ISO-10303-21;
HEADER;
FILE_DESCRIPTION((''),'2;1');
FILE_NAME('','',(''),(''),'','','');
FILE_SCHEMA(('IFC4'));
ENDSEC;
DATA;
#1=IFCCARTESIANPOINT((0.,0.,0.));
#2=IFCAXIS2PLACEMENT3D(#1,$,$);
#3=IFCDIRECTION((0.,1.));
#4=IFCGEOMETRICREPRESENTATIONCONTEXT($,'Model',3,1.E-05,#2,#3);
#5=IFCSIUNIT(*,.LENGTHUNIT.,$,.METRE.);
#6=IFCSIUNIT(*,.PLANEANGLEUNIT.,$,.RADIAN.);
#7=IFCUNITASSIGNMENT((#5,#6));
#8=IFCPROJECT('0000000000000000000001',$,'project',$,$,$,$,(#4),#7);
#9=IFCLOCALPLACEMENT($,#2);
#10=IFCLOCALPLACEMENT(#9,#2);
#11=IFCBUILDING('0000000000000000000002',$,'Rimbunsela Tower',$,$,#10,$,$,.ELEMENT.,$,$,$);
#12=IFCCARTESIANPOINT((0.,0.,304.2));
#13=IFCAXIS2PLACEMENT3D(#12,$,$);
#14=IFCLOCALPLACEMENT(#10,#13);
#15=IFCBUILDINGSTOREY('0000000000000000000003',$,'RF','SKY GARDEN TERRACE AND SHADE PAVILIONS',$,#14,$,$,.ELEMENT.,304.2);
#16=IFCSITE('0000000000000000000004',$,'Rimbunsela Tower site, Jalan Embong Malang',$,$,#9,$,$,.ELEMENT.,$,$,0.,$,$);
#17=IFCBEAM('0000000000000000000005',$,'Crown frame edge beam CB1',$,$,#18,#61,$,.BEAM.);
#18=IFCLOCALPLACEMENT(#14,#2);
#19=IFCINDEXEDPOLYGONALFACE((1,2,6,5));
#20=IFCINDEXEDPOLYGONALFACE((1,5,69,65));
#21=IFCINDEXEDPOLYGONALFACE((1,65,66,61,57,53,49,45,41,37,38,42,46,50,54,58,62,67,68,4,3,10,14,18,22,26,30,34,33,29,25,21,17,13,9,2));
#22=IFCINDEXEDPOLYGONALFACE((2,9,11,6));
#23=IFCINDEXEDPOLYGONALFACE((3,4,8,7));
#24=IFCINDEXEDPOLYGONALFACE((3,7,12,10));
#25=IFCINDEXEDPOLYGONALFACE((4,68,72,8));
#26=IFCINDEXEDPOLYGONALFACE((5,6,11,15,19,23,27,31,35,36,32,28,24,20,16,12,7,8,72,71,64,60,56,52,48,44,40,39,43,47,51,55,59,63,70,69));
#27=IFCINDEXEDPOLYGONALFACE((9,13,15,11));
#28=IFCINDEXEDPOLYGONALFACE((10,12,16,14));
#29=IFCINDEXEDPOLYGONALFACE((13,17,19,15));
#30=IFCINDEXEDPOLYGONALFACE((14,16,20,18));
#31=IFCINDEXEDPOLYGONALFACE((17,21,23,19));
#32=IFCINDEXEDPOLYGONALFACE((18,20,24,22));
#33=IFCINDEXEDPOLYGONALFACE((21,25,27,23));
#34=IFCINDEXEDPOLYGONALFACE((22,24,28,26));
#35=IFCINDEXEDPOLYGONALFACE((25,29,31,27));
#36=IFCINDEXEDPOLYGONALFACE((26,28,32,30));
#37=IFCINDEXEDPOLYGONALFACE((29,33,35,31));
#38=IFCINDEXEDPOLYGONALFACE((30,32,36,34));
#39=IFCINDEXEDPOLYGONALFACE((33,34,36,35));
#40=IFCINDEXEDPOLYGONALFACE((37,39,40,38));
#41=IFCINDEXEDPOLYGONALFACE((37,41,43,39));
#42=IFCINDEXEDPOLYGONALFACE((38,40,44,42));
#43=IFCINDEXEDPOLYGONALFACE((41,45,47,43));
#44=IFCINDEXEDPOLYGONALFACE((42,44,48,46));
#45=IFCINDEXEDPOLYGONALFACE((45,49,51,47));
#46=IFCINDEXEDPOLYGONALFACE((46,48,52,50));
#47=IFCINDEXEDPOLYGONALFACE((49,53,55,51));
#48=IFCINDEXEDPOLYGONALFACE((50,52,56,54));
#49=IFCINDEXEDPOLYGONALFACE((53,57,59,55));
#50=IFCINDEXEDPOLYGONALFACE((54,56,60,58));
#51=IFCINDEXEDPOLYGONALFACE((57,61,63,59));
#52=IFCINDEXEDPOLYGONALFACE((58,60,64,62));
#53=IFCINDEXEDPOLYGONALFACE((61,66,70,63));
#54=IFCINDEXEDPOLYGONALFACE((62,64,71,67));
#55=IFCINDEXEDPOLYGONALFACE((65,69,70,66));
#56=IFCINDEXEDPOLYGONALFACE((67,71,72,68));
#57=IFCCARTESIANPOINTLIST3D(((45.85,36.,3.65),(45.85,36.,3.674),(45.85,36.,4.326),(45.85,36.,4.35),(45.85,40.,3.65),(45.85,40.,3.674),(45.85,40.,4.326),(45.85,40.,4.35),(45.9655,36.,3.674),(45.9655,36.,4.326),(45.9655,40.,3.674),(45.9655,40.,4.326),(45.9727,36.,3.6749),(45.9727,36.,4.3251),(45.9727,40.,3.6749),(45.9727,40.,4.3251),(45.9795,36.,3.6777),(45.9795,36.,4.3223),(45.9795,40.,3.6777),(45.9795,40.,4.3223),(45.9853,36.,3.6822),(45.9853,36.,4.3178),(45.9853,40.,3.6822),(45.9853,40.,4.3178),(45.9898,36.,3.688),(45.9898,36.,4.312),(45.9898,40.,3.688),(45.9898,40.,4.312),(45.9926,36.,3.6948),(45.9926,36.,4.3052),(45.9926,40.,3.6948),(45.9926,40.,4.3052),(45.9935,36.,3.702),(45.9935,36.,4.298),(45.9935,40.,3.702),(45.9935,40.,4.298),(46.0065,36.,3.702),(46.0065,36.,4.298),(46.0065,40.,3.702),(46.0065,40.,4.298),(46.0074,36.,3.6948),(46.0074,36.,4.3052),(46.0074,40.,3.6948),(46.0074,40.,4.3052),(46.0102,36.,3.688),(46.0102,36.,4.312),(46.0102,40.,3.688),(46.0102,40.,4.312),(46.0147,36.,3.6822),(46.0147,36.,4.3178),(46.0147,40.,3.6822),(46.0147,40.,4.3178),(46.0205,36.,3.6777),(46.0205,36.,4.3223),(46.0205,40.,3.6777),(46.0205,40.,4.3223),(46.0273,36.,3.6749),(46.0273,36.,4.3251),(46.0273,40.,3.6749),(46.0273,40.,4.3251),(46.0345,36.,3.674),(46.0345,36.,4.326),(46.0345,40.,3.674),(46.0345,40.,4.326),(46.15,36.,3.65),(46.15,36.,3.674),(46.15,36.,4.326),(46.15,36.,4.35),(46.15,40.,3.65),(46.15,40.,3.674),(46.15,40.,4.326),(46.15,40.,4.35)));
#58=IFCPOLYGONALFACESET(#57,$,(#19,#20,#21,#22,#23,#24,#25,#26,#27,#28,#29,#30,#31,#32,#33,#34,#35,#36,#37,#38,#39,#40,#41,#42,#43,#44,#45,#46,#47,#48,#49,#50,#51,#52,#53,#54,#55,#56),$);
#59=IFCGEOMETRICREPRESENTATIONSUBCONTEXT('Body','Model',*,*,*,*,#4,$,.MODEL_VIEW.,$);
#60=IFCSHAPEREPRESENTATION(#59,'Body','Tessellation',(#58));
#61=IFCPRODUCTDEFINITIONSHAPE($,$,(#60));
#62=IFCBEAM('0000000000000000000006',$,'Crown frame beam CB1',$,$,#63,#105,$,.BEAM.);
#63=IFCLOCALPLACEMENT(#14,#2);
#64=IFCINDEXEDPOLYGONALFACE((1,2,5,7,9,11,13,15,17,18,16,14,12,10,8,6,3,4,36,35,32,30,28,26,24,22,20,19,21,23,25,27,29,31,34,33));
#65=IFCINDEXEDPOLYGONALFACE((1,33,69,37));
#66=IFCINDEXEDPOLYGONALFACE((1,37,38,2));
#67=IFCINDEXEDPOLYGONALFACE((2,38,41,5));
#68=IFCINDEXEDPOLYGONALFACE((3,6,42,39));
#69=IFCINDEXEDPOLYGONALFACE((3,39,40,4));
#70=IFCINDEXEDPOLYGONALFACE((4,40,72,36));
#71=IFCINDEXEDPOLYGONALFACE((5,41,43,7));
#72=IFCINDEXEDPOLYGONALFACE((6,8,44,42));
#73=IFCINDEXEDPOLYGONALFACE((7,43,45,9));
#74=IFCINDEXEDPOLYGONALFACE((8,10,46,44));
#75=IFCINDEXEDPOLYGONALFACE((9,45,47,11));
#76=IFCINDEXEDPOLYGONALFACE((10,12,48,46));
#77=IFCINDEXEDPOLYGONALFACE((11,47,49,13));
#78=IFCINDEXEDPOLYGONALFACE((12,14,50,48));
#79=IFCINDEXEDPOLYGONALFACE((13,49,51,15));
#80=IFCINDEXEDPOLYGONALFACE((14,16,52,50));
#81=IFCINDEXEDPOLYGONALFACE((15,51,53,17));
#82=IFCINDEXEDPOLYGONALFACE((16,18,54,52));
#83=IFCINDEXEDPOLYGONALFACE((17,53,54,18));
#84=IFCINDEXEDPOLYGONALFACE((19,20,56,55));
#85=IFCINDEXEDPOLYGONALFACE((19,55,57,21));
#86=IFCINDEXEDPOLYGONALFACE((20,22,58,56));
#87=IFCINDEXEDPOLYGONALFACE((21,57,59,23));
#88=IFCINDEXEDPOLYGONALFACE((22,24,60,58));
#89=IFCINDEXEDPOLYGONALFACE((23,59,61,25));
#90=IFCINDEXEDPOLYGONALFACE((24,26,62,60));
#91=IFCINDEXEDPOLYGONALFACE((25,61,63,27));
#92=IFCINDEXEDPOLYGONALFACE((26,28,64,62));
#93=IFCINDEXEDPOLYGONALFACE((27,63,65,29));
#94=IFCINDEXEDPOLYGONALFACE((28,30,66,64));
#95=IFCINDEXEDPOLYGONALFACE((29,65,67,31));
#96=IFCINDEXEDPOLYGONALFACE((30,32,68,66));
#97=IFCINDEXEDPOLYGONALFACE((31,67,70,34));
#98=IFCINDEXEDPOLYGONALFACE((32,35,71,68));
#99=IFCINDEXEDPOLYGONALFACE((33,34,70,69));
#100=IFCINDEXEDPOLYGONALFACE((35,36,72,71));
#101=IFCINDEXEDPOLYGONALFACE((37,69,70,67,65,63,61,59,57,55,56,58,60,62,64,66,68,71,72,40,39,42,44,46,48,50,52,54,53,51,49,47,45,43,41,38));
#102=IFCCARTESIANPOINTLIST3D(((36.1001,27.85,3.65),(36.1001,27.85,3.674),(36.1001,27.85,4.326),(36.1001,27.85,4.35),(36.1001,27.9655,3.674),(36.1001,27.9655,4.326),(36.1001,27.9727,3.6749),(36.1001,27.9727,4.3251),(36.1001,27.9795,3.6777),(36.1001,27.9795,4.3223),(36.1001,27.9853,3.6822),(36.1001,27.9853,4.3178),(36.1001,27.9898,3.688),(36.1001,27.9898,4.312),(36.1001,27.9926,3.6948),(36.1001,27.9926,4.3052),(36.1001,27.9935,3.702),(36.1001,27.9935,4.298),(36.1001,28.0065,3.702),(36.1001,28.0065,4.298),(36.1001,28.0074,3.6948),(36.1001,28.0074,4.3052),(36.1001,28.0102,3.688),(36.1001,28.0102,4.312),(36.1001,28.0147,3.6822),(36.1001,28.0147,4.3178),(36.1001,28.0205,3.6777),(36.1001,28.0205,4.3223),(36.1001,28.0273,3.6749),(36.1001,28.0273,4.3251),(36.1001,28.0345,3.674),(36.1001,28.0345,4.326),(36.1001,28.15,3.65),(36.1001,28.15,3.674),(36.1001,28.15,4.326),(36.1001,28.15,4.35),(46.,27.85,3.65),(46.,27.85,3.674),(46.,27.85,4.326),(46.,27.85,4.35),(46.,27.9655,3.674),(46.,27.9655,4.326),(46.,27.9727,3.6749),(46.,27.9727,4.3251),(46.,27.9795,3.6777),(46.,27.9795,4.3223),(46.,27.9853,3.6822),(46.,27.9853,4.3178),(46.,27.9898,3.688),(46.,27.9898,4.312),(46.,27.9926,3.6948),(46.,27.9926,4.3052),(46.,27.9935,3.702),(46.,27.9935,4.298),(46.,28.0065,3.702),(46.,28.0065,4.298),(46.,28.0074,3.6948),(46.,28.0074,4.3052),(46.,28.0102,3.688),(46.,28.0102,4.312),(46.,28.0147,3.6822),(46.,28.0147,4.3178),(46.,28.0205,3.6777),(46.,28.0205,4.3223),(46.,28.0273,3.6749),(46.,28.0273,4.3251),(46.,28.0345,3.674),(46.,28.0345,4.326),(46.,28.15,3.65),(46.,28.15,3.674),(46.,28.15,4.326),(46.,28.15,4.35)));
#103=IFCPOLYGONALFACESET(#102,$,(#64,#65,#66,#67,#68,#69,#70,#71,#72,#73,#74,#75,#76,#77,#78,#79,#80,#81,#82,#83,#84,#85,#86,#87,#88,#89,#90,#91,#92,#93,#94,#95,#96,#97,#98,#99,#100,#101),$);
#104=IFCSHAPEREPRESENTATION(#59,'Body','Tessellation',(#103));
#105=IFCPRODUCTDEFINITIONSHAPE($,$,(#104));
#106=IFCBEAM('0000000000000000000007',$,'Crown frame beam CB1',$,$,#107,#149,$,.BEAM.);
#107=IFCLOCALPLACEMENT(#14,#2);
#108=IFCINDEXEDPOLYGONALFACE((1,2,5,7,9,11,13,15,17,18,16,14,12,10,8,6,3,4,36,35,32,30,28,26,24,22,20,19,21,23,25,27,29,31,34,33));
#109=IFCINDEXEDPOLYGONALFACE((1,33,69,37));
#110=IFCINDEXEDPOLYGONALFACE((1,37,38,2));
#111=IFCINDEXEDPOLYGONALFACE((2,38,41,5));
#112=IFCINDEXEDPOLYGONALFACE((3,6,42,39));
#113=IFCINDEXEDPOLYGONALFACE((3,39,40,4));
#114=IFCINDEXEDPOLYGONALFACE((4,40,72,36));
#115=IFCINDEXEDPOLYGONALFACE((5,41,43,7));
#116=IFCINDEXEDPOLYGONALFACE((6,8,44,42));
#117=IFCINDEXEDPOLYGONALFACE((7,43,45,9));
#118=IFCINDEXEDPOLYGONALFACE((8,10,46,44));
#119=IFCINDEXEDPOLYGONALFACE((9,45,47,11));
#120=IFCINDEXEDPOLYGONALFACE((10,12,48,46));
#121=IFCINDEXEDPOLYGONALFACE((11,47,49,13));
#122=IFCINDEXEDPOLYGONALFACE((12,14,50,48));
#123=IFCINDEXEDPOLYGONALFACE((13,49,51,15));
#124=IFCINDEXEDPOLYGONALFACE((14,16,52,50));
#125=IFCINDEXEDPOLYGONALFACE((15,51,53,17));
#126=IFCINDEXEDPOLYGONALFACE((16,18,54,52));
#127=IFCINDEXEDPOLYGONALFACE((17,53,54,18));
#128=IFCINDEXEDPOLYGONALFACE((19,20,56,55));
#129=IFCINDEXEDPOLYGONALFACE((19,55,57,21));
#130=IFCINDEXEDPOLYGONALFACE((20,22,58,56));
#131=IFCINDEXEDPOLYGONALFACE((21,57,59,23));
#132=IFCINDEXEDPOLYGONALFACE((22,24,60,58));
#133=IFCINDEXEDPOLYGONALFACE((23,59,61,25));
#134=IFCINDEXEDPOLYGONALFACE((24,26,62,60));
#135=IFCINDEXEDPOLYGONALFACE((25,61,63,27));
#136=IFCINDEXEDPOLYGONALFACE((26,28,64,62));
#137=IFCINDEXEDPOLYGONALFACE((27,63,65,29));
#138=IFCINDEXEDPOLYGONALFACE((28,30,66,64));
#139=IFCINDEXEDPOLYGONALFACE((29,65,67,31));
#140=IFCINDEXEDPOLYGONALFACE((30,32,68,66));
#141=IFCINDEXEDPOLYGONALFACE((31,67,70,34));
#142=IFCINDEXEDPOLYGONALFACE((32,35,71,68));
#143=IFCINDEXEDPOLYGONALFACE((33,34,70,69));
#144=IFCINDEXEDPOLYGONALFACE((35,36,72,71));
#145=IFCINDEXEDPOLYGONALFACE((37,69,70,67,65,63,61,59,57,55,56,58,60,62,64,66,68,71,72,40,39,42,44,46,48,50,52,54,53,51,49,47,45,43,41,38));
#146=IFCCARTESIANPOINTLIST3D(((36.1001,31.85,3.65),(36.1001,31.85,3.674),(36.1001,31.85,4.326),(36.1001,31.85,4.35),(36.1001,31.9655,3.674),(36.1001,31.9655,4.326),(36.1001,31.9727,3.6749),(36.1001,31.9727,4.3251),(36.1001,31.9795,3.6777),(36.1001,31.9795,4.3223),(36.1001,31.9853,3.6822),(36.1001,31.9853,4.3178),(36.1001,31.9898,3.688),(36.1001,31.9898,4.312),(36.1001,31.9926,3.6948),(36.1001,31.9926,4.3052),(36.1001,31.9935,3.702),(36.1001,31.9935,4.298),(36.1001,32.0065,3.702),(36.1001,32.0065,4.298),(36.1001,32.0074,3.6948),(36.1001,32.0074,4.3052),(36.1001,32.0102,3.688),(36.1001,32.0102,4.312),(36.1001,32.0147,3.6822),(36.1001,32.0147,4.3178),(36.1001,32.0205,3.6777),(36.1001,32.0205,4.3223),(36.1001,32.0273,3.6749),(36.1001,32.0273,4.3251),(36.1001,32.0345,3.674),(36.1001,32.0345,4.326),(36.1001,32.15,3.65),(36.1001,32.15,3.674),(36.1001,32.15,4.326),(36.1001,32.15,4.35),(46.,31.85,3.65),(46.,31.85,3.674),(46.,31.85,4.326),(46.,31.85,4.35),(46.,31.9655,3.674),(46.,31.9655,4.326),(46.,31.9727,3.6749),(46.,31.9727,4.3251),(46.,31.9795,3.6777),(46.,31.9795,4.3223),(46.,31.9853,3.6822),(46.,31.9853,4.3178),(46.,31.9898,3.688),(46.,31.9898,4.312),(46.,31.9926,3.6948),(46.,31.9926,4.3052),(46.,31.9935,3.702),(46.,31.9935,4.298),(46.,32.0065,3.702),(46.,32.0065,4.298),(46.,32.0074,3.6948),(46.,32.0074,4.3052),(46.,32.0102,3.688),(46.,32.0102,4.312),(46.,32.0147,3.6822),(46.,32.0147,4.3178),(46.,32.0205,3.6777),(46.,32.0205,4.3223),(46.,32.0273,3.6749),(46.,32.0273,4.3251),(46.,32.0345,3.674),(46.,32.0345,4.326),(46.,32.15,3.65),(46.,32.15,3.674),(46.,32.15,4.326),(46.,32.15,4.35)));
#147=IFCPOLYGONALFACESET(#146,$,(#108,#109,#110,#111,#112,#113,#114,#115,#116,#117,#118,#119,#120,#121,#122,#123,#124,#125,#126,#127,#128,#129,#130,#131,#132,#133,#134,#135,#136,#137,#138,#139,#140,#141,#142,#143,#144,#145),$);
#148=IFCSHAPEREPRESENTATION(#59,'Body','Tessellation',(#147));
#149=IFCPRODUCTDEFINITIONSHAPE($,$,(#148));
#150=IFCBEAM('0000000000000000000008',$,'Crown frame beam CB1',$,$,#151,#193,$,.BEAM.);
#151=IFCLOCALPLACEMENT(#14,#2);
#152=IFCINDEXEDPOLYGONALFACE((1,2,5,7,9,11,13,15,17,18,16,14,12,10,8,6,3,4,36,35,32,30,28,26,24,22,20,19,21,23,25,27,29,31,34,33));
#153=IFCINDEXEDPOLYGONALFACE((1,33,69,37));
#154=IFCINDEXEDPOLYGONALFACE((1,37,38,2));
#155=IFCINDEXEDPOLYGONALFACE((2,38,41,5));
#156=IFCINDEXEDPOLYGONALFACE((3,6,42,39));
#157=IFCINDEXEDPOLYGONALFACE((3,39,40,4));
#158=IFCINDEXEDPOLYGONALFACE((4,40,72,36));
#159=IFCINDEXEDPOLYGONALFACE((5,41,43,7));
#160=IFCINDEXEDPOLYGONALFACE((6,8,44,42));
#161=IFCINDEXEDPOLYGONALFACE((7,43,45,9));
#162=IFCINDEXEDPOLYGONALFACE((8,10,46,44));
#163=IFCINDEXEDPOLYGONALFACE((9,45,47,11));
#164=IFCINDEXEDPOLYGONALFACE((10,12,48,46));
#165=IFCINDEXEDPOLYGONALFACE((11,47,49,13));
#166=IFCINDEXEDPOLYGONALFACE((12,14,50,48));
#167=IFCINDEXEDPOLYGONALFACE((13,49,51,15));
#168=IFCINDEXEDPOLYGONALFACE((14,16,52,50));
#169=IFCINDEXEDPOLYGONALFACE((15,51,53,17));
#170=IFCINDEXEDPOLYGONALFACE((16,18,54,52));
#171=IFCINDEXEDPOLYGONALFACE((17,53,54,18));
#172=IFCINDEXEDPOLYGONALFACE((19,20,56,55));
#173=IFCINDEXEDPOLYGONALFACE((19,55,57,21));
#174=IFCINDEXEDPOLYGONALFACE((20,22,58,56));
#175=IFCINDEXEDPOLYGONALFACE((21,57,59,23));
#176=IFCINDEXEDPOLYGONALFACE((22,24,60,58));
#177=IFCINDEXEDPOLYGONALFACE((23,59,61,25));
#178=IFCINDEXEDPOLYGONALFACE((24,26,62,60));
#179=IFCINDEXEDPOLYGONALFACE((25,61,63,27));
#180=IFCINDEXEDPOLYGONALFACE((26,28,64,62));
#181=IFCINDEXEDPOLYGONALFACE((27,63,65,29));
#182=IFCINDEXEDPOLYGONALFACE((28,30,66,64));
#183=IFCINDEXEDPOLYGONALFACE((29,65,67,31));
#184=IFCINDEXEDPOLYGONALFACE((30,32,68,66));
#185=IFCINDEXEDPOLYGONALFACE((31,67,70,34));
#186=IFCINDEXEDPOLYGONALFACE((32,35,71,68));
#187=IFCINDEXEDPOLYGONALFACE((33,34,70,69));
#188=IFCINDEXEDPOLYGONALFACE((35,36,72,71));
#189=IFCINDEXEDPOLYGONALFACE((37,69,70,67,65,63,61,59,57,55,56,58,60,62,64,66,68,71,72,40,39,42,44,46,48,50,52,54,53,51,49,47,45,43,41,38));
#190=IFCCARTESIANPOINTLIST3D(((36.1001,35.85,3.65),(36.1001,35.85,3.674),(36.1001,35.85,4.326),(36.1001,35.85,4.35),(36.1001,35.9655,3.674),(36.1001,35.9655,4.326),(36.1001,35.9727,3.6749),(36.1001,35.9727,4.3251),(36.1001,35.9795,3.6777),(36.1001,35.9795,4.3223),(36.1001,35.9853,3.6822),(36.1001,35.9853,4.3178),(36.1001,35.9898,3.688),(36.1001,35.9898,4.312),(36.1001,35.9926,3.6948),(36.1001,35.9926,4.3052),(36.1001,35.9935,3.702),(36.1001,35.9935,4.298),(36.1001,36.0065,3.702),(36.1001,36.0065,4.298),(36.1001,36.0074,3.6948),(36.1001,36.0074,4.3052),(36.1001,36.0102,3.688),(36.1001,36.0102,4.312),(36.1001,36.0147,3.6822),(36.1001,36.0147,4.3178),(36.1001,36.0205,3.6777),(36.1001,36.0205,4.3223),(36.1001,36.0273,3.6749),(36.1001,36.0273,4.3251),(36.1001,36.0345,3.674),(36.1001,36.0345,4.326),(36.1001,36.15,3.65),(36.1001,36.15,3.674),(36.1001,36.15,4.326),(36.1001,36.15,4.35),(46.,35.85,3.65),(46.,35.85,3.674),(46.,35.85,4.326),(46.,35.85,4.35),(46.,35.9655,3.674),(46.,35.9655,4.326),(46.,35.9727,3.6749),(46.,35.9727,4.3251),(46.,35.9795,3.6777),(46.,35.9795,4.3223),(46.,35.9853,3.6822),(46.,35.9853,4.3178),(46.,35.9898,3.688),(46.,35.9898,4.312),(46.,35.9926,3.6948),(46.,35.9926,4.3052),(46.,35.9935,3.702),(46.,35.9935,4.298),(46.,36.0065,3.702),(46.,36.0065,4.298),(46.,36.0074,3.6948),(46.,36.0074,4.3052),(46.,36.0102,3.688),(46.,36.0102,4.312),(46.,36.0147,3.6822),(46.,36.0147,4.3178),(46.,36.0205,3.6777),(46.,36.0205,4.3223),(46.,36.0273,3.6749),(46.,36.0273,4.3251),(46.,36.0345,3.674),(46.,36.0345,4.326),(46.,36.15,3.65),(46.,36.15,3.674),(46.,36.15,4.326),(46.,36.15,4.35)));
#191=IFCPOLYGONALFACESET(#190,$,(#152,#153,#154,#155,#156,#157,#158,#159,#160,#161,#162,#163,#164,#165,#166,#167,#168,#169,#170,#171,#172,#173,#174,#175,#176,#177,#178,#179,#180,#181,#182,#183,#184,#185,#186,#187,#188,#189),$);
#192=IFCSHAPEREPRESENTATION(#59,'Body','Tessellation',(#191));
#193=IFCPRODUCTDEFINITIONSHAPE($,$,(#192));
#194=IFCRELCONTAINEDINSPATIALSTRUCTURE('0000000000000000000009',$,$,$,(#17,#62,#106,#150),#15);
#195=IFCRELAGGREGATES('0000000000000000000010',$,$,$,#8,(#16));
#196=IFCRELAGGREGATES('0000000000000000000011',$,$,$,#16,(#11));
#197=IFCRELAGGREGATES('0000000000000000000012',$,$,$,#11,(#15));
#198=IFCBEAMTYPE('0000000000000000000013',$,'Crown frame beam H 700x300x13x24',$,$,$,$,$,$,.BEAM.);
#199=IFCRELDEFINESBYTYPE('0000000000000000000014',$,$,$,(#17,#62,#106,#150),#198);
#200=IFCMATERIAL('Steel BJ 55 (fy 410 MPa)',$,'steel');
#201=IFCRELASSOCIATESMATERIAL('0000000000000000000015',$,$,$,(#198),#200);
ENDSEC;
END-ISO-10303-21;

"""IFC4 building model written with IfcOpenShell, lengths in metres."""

from ifc_helpers import new_model, si_unit, direction, frame, origin, origin_2d, place, context, subcontext, project, spatial, i_section, extrude, material, material_profile, profile_set, type_object, element, save


model = new_model("IFC4")

# Units and contexts
model_context = context("Model", 3, precision=1e-05, world=origin(), true_north=direction((0.0, 1.0)))
body_context = subcontext(model_context, "Body", "Model", "MODEL_VIEW")
ifc_project = project(units=[si_unit("LENGTHUNIT", "METRE"), si_unit("PLANEANGLEUNIT", "RADIAN")], contexts=[model_context])

# Site, building, storey
site_placement = place(None, origin())
site = spatial("IfcSite", under=ifc_project, at=site_placement, Name="Rimbunsela Tower site, Jalan Embong Malang", CompositionType="ELEMENT", RefElevation=0.0)
building_placement = place(site_placement, origin())
building = spatial("IfcBuilding", under=site, at=building_placement, Name="Rimbunsela Tower", CompositionType="ELEMENT")
storey_placement = place(building_placement, frame((0.0, 0.0, 304.2)))
storey = spatial("IfcBuildingStorey", under=building, at=storey_placement, Name="RF", Description="SKY GARDEN TERRACE AND SHADE PAVILIONS", CompositionType="ELEMENT", Elevation=304.2)

# Beams
ifc_material_1 = material(Name="Steel BJ 55 (fy 410 MPa)", Category="steel")
ifc_material_profile_1 = material_profile(ifc_material_1, i_section(OverallWidth=0.3, OverallDepth=0.7, WebThickness=0.0129, FlangeThickness=0.0239, FilletRadius=0.0281, at=origin_2d()), Name="H 700x300x13x24")
ifc_profile_set_1 = profile_set([ifc_material_profile_1], Name="Steel BJ 55 (fy 410 MPa)")
beam_type_1 = type_object("IfcBeamType", Name="Crown frame beam H 700x300x13x24", PredefinedType="BEAM", material=ifc_profile_set_1)
for number, where, z_axis, x_axis, name in (
    (1, (46.0, 36.0, 4.0), (0.0, 1.0, 0.0), (-1.0, 0.0, 0.0), "Crown frame edge beam CB1"),
):
    element("IfcBeam", number, at=place(storey_placement, frame(where, z_axis=z_axis, x_axis=x_axis)), inside=storey, type_object=beam_type_1, Name=name, PredefinedType="BEAM", context=body_context, shape_type="SweptSolid", body=[
        extrude(i_section(OverallWidth=0.3, OverallDepth=0.7, WebThickness=0.0129, FlangeThickness=0.0239, FilletRadius=0.0281, at=origin_2d()), origin(), (0.0, 0.0, 1.0), 4.0),
    ])
for number, where, z_axis, x_axis, name in (
    (2, (46.0, 28.0, 4.0), (-1.0, 0.0, 0.0), (0.0, -1.0, 0.0), "Crown frame beam CB1"),
    (3, (46.0, 32.0, 4.0), (-1.0, 0.0, 0.0), (0.0, -1.0, 0.0), "Crown frame beam CB1"),
    (4, (46.0, 36.0, 4.0), (-1.0, 0.0, 0.0), (0.0, -1.0, 0.0), "Crown frame beam CB1"),
):
    element("IfcBeam", number, at=place(storey_placement, frame(where, z_axis=z_axis, x_axis=x_axis)), inside=storey, type_object=beam_type_1, Name=name, PredefinedType="BEAM", context=body_context, shape_type="SweptSolid", body=[
        extrude(i_section(OverallWidth=0.3, OverallDepth=0.7, WebThickness=0.0129, FlangeThickness=0.0239, FilletRadius=0.0281, at=origin_2d()), origin(), (0.0, 0.0, 1.0), 9.8999),
    ])

save(model, "model.ifc")
